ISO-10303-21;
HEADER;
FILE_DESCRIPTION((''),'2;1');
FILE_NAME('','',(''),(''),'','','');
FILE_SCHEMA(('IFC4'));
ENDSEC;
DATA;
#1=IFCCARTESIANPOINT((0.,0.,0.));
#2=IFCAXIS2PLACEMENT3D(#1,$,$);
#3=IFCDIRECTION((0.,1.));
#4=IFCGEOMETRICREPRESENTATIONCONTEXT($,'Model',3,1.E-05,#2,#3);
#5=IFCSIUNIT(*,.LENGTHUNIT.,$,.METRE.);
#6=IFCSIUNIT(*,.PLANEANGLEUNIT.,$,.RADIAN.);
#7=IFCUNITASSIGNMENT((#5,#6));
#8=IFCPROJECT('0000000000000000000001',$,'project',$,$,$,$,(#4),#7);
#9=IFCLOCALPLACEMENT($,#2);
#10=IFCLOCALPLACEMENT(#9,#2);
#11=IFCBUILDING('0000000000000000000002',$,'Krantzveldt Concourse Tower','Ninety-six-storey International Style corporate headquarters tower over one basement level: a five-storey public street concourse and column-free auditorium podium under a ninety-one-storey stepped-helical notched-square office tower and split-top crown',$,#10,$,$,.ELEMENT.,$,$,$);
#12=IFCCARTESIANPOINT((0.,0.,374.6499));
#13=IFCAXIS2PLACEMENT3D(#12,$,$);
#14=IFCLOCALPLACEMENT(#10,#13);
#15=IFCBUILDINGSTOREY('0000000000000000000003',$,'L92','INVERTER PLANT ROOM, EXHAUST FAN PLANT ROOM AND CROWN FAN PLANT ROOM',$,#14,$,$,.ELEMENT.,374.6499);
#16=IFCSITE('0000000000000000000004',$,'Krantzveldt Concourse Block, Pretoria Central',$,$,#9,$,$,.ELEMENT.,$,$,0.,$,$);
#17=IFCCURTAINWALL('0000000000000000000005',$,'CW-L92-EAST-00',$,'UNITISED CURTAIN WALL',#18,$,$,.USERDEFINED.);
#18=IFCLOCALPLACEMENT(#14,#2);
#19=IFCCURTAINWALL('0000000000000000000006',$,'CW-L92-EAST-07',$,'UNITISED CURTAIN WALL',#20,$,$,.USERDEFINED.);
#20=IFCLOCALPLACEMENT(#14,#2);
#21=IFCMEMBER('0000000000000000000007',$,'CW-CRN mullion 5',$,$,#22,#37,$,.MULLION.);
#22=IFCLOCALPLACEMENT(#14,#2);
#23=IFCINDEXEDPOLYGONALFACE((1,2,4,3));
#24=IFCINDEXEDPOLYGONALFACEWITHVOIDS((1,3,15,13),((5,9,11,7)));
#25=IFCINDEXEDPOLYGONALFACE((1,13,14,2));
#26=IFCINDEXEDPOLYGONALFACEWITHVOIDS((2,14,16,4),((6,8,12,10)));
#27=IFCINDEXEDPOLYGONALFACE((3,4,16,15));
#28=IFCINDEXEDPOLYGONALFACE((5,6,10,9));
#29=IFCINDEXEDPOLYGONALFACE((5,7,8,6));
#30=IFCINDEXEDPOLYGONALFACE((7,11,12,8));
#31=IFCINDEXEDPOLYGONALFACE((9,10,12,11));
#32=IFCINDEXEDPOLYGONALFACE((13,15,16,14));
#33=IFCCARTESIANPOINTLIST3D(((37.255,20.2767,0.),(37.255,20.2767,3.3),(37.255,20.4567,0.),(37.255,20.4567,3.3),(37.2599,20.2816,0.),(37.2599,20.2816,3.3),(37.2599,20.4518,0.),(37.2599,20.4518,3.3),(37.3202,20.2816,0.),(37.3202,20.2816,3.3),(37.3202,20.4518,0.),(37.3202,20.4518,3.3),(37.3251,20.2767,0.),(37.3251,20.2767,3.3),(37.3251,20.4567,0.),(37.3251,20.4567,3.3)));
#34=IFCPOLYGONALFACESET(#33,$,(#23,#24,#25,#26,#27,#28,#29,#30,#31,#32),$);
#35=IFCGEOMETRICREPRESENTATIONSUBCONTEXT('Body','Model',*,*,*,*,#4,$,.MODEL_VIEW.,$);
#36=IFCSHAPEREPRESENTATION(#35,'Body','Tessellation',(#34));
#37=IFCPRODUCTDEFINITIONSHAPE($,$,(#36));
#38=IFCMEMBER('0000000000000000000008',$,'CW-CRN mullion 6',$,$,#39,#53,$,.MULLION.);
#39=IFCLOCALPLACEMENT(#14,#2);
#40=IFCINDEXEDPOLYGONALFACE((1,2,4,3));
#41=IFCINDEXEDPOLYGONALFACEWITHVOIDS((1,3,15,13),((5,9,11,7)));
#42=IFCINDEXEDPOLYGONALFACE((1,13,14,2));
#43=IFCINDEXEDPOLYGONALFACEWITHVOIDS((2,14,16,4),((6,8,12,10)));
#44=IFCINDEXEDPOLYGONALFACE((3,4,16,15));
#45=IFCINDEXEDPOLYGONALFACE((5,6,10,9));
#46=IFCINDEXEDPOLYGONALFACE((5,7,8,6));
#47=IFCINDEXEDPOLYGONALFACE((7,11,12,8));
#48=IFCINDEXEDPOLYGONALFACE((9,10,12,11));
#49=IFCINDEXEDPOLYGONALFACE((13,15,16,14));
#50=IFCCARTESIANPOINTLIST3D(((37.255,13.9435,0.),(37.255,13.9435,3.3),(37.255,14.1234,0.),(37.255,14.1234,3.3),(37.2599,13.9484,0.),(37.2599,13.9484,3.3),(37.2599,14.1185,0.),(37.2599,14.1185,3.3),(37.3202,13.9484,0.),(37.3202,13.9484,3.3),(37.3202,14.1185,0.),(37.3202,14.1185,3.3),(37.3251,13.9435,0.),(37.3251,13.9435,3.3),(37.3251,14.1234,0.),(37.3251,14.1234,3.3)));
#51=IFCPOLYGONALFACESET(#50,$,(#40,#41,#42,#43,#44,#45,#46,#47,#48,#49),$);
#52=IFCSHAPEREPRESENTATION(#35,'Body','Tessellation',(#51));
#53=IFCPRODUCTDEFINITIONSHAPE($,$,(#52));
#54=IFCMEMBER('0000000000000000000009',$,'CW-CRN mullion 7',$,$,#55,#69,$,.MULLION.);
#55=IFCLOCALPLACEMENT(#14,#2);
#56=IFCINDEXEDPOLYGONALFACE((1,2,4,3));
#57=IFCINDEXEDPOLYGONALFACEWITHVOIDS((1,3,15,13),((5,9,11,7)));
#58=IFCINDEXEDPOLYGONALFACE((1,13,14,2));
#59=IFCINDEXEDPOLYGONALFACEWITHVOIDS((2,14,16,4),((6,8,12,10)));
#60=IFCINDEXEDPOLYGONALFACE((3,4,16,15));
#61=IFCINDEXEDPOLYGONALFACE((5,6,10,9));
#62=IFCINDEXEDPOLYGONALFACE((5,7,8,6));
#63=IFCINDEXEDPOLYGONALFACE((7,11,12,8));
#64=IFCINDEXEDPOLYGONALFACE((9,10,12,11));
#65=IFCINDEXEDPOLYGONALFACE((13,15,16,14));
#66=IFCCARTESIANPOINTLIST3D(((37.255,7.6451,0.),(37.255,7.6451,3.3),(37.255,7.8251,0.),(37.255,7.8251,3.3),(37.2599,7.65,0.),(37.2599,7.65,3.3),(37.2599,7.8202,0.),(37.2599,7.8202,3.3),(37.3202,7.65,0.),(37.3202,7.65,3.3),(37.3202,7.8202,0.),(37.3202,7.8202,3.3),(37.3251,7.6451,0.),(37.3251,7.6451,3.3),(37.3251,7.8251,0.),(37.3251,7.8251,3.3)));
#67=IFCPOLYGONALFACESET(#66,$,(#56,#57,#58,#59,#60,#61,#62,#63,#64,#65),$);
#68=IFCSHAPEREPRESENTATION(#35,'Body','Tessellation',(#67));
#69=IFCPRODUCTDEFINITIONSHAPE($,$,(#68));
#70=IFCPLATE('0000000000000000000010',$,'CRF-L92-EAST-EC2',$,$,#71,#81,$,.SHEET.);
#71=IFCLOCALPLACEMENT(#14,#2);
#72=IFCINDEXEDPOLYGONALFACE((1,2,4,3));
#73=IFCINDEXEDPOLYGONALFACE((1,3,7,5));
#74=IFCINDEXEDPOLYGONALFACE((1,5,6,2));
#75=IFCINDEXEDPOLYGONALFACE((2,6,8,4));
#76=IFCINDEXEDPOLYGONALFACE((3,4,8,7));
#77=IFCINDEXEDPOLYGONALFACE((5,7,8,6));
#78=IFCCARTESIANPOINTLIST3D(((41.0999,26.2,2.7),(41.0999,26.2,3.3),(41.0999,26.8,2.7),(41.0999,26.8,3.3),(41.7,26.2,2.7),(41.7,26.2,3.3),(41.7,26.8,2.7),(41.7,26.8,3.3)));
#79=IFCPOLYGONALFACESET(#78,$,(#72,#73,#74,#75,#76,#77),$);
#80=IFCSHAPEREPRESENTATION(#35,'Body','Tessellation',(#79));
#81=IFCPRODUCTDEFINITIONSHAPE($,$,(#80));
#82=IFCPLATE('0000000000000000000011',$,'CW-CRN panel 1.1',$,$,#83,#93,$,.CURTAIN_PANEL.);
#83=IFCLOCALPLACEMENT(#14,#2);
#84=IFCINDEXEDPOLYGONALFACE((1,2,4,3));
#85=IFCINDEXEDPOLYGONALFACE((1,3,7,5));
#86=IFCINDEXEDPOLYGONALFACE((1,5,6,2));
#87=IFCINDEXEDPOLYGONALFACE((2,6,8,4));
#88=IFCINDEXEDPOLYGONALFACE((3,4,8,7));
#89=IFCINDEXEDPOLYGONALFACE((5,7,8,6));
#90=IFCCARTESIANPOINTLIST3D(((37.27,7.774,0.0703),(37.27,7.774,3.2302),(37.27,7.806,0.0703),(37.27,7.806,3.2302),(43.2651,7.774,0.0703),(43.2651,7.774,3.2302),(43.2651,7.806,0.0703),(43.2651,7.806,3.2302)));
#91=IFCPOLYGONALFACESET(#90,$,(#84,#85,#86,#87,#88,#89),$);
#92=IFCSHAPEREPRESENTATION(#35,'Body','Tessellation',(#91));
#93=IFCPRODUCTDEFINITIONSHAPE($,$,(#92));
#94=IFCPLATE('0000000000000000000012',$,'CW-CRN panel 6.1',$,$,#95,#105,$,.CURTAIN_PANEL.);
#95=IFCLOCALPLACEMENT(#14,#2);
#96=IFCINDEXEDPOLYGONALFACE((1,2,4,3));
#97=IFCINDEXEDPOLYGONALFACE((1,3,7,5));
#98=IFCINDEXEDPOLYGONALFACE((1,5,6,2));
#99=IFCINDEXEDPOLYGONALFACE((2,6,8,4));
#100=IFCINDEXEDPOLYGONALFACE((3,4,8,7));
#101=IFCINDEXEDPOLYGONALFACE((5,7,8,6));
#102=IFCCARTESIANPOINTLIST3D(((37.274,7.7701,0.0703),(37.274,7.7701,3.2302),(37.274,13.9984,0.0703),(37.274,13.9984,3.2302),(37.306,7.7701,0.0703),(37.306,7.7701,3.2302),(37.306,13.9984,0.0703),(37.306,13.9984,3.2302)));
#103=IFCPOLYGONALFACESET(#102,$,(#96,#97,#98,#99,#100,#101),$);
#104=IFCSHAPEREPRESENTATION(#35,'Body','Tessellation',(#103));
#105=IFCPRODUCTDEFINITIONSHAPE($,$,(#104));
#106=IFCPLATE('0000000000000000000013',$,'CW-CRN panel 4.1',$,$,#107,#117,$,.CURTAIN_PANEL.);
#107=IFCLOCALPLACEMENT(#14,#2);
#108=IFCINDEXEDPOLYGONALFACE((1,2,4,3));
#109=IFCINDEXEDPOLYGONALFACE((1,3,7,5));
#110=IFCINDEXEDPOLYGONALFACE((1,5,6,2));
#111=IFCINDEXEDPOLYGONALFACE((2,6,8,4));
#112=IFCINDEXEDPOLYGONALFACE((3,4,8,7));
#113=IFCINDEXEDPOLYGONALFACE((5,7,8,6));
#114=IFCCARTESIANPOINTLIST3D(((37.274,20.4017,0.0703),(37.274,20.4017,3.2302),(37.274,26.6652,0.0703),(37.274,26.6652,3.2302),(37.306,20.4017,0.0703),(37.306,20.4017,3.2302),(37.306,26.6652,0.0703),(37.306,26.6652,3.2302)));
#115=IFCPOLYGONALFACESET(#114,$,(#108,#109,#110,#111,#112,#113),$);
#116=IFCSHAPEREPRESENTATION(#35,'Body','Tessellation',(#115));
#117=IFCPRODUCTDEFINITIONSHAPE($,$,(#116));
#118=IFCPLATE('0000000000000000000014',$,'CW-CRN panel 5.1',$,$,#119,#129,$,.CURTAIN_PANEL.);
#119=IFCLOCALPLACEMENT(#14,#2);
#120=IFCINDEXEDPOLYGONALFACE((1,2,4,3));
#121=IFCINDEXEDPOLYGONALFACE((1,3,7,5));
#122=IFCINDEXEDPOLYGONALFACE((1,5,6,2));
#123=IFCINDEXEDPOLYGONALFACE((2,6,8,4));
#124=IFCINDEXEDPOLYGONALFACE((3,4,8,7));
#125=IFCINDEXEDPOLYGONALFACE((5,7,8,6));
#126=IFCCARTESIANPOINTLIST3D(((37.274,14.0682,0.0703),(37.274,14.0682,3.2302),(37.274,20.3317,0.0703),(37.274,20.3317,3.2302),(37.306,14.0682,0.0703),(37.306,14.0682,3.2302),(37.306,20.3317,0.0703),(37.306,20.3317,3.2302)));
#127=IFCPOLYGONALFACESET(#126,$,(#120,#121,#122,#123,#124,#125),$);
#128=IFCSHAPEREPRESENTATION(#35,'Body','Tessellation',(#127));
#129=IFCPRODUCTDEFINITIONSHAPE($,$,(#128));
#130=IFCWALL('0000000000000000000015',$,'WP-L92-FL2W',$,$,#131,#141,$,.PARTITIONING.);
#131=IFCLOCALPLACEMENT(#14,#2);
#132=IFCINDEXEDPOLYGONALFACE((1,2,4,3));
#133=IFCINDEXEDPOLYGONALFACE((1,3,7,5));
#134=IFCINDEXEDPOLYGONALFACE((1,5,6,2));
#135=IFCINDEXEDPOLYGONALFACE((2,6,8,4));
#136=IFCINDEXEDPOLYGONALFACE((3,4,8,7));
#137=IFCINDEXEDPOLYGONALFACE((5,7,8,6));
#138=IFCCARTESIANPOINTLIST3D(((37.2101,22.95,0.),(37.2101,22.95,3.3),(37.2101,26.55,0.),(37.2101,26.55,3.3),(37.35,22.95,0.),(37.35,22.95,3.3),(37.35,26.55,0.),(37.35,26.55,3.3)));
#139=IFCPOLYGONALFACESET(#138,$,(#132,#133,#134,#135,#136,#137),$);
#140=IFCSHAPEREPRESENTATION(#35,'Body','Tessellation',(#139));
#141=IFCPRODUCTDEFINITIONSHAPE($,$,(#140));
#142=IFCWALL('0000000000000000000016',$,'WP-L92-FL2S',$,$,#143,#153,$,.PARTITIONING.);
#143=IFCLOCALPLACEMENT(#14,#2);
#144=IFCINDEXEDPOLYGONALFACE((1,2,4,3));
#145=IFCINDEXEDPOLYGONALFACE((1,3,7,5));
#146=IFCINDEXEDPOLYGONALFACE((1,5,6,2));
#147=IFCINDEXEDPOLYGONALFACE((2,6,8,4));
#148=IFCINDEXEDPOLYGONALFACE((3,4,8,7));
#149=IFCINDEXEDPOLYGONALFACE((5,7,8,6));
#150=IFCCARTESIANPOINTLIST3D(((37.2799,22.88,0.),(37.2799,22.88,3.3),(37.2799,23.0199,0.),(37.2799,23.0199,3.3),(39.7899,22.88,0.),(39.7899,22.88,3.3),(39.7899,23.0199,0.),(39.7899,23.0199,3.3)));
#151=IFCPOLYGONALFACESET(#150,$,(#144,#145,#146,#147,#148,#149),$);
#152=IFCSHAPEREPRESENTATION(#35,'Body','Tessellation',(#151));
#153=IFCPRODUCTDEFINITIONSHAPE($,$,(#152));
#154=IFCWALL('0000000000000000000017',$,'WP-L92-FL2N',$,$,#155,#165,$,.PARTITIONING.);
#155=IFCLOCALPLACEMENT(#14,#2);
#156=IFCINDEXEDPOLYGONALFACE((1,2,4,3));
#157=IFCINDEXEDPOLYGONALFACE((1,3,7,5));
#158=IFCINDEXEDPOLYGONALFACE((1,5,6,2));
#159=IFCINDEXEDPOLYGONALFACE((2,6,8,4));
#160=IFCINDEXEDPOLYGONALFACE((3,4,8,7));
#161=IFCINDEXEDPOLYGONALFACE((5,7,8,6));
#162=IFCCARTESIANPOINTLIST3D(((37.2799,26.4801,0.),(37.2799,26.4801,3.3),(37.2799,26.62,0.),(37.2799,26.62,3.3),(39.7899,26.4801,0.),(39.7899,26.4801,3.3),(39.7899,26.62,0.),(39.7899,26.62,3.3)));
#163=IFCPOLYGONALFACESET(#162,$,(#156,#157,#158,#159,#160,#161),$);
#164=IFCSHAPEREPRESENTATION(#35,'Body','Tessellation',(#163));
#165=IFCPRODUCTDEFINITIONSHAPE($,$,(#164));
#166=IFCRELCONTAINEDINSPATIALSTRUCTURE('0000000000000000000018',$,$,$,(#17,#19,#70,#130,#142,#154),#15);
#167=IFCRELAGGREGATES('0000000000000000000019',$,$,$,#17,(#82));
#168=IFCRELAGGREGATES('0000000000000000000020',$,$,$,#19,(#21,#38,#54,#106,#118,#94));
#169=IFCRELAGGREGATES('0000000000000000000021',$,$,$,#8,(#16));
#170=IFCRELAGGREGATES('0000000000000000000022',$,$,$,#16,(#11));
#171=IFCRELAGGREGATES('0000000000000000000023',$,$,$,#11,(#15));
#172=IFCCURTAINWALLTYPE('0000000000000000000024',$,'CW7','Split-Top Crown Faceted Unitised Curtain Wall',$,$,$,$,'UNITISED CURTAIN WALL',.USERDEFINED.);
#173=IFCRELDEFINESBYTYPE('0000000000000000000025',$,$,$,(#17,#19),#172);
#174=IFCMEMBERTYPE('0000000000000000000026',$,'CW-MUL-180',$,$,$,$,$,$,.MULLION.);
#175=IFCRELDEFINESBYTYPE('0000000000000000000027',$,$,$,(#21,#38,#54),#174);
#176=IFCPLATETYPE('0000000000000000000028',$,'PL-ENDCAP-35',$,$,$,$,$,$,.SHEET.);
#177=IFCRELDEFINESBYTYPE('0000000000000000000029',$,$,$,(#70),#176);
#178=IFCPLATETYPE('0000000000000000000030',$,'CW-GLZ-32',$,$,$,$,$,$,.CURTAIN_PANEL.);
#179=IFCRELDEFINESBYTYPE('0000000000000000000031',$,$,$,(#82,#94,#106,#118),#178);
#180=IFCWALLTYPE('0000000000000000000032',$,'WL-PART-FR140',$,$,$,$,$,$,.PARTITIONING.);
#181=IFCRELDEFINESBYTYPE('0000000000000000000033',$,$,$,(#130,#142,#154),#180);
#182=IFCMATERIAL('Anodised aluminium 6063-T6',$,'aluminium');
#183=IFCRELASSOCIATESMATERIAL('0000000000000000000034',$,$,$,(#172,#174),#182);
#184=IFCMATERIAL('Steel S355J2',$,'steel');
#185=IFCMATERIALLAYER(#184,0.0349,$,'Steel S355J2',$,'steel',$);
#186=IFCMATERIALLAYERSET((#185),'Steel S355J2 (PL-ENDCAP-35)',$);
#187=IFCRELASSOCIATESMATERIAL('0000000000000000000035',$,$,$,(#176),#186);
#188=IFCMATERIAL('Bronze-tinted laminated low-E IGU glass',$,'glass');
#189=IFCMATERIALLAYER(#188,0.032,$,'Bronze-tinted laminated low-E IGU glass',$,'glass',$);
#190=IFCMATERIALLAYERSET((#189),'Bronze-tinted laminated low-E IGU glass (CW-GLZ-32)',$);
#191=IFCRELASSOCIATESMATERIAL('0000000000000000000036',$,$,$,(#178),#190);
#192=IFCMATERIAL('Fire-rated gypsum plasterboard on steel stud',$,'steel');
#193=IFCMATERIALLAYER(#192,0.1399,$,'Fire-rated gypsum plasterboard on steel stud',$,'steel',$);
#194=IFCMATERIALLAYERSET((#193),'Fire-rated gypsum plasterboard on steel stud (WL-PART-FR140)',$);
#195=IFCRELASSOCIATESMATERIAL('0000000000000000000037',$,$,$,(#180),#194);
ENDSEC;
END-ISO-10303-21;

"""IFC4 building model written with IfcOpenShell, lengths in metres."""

from ifc_helpers import new_model, si_unit, direction, frame, frame_2d, origin, origin_2d, place, context, subcontext, project, spatial, rectangle, hollow_rectangle, extrude, source, transform, mapped, material, layer, layer_set, material_profile, profile_set, type_object, type_shapes, element, aggregate, save


model = new_model("IFC4")

# Units and contexts
model_context = context("Model", 3, precision=1e-05, world=origin(), true_north=direction((0.0, 1.0)))
body_context = subcontext(model_context, "Body", "Model", "MODEL_VIEW")
ifc_project = project(units=[si_unit("LENGTHUNIT", "METRE"), si_unit("PLANEANGLEUNIT", "RADIAN")], contexts=[model_context])

# Site, building, storey
site_placement = place(None, origin())
site = spatial("IfcSite", under=ifc_project, at=site_placement, Name="Krantzveldt Concourse Block, Pretoria Central", CompositionType="ELEMENT", RefElevation=0.0)
building_placement = place(site_placement, origin())
building = spatial("IfcBuilding", under=site, at=building_placement, Name="Krantzveldt Concourse Tower", Description="Ninety-six-storey International Style corporate headquarters tower over one basement level: a five-storey public street concourse and column-free auditorium podium under a ninety-one-storey stepped-helical notched-square office tower and split-top crown", CompositionType="ELEMENT")
storey_placement = place(building_placement, frame((0.0, 0.0, 374.6499)))
storey = spatial("IfcBuildingStorey", under=building, at=storey_placement, Name="L92", Description="INVERTER PLANT ROOM, EXHAUST FAN PLANT ROOM AND CROWN FAN PLANT ROOM", CompositionType="ELEMENT", Elevation=374.6499)

# Curtain walls
ifc_material_1 = material(Name="Anodised aluminium 6063-T6", Category="aluminium")
curtain_wall_type = type_object("IfcCurtainWallType", Name="CW7", Description="Split-Top Crown Faceted Unitised Curtain Wall", ElementType="UNITISED CURTAIN WALL", PredefinedType="USERDEFINED", material=ifc_material_1)
curtain_wall_1_placement = place(storey_placement, origin())
curtain_wall_1 = element("IfcCurtainWall", 1, at=curtain_wall_1_placement, inside=storey, type_object=curtain_wall_type, Name="CW-L92-EAST-00", ObjectType="UNITISED CURTAIN WALL", PredefinedType="USERDEFINED")
curtain_wall_2_placement = place(storey_placement, origin())
curtain_wall_2 = element("IfcCurtainWall", 2, at=curtain_wall_2_placement, inside=storey, type_object=curtain_wall_type, Name="CW-L92-EAST-07", ObjectType="UNITISED CURTAIN WALL", PredefinedType="USERDEFINED")

# Shared definitions
ifc_material_profile_1 = material_profile(ifc_material_1, hollow_rectangle(XDim=0.0701, YDim=0.1799, WallThickness=0.0049, at=origin_2d()), Name="Anodised aluminium 6063-T6", Category="aluminium")
ifc_profile_set_1 = profile_set([ifc_material_profile_1], Name="Anodised aluminium 6063-T6 - ALU-MULL 180x70x5")
member_type_1 = type_object("IfcMemberType", Name="CW-MUL-180", PredefinedType="MULLION", material=ifc_profile_set_1)
shared_shape_1 = source(origin(), body_context, "Body", "SweptSolid", [
    extrude(hollow_rectangle(XDim=0.0701, YDim=0.1799, WallThickness=0.0049, at=origin_2d()), origin(), (0.0, 0.0, 1.0), 3.3),
])
type_shapes(member_type_1, [shared_shape_1])

# Members
member_1_placement = place(storey_placement, frame((37.29, 20.3667, 0.0), z_axis=(0.0, 0.0, 1.0), x_axis=(1.0, 0.0, 0.0)))
member_1 = element("IfcMember", 3, at=member_1_placement, type_object=member_type_1, Name="CW-CRN mullion 5", PredefinedType="MULLION", context=body_context, shape_type="MappedRepresentation", body=[
    mapped(shared_shape_1, transform((0.0, 0.0, 0.0), x_axis=(1.0, 0.0, 0.0), y_axis=(0.0, 1.0, 0.0), z_axis=(0.0, 0.0, 1.0), scale=1.0)),
])
member_2_placement = place(storey_placement, frame((37.29, 14.0334, 0.0), z_axis=(0.0, 0.0, 1.0), x_axis=(1.0, 0.0, 0.0)))
member_2 = element("IfcMember", 4, at=member_2_placement, type_object=member_type_1, Name="CW-CRN mullion 6", PredefinedType="MULLION", context=body_context, shape_type="MappedRepresentation", body=[
    mapped(shared_shape_1, transform((0.0, 0.0, 0.0), x_axis=(1.0, 0.0, 0.0), y_axis=(0.0, 1.0, 0.0), z_axis=(0.0, 0.0, 1.0), scale=1.0)),
])
member_3_placement = place(storey_placement, frame((37.29, 7.7351, 0.0), z_axis=(0.0, 0.0, 1.0), x_axis=(1.0, 0.0, 0.0)))
member_3 = element("IfcMember", 5, at=member_3_placement, type_object=member_type_1, Name="CW-CRN mullion 7", PredefinedType="MULLION", context=body_context, shape_type="MappedRepresentation", body=[
    mapped(shared_shape_1, transform((0.0, 0.0, 0.0), x_axis=(1.0, 0.0, 0.0), y_axis=(0.0, 1.0, 0.0), z_axis=(0.0, 0.0, 1.0), scale=1.0)),
])

# Plates
ifc_material_2 = material(Name="Steel S355J2", Category="steel")
ifc_layer_1 = layer(ifc_material_2, 0.0349, Name="Steel S355J2", Category="steel")
ifc_layer_set_1 = layer_set([ifc_layer_1], Name="Steel S355J2 (PL-ENDCAP-35)")
plate_type_1 = type_object("IfcPlateType", Name="PL-ENDCAP-35", PredefinedType="SHEET", material=ifc_layer_set_1)
shared_shape_2 = source(origin(), body_context, "Body", "SweptSolid", [
    extrude(rectangle(XDim=0.6001, YDim=0.6001, at=origin_2d()), origin(), (0.0, 0.0, 1.0), 0.6001),
])
type_shapes(plate_type_1, [shared_shape_2])
plate_1_placement = place(storey_placement, frame((41.3999, 26.5, 2.7), z_axis=(0.0, 0.0, 1.0), x_axis=(1.0, 0.0, 0.0)))
element("IfcPlate", 6, at=plate_1_placement, inside=storey, type_object=plate_type_1, Name="CRF-L92-EAST-EC2", PredefinedType="SHEET", context=body_context, shape_type="MappedRepresentation", body=[
    mapped(shared_shape_2, transform((0.0, 0.0, 0.0), x_axis=(1.0, 0.0, 0.0), y_axis=(0.0, 1.0, 0.0), z_axis=(0.0, 0.0, 1.0), scale=1.0)),
])
ifc_material_3 = material(Name="Bronze-tinted laminated low-E IGU glass", Category="glass")
ifc_layer_2 = layer(ifc_material_3, 0.032, Name="Bronze-tinted laminated low-E IGU glass", Category="glass")
ifc_layer_set_2 = layer_set([ifc_layer_2], Name="Bronze-tinted laminated low-E IGU glass (CW-GLZ-32)")
plate_type_2 = type_object("IfcPlateType", Name="CW-GLZ-32", PredefinedType="CURTAIN_PANEL", material=ifc_layer_set_2)
shared_shape_3 = source(origin(), body_context, "Body", "SweptSolid", [
    extrude(rectangle(XDim=5.9951, YDim=0.032, at=origin_2d()), origin(), (0.0, 0.0, 1.0), 3.1599),
])
plate_2_placement = place(storey_placement, frame((40.2676, 7.79, 0.0703), z_axis=(0.0, 0.0, 1.0), x_axis=(1.0, 0.0, 0.0)))
plate_2 = element("IfcPlate", 7, at=plate_2_placement, type_object=plate_type_2, Name="CW-CRN panel 1.1", PredefinedType="CURTAIN_PANEL", context=body_context, shape_type="MappedRepresentation", body=[
    mapped(shared_shape_3, transform((0.0, 0.0, 0.0), x_axis=(1.0, 0.0, 0.0), y_axis=(0.0, 1.0, 0.0), z_axis=(0.0, 0.0, 1.0), scale=1.0)),
])
aggregate(curtain_wall_1, [plate_2])
shared_shape_4 = source(origin(), body_context, "Body", "SweptSolid", [
    extrude(rectangle(XDim=6.2283, YDim=0.032, at=origin_2d()), origin(), (0.0, 0.0, 1.0), 3.1599),
])
plate_3_placement = place(storey_placement, frame((37.29, 10.8843, 0.0703), z_axis=(0.0, 0.0, 1.0), x_axis=(0.0, -1.0, 0.0)))
plate_3 = element("IfcPlate", 8, at=plate_3_placement, type_object=plate_type_2, Name="CW-CRN panel 6.1", PredefinedType="CURTAIN_PANEL", context=body_context, shape_type="MappedRepresentation", body=[
    mapped(shared_shape_4, transform((0.0, 0.0, 0.0), x_axis=(1.0, 0.0, 0.0), y_axis=(0.0, 1.0, 0.0), z_axis=(0.0, 0.0, 1.0), scale=1.0)),
])
shared_shape_5 = source(origin(), body_context, "Body", "SweptSolid", [
    extrude(rectangle(XDim=6.2634, YDim=0.032, at=origin_2d()), origin(), (0.0, 0.0, 1.0), 3.1599),
])
type_shapes(plate_type_2, [shared_shape_3, shared_shape_4, shared_shape_5])
plate_4_placement = place(storey_placement, frame((37.29, 23.5334, 0.0703), z_axis=(0.0, 0.0, 1.0), x_axis=(0.0, -1.0, 0.0)))
plate_4 = element("IfcPlate", 9, at=plate_4_placement, type_object=plate_type_2, Name="CW-CRN panel 4.1", PredefinedType="CURTAIN_PANEL", context=body_context, shape_type="MappedRepresentation", body=[
    mapped(shared_shape_5, transform((0.0, 0.0, 0.0), x_axis=(1.0, 0.0, 0.0), y_axis=(0.0, 1.0, 0.0), z_axis=(0.0, 0.0, 1.0), scale=1.0)),
])
plate_5_placement = place(storey_placement, frame((37.29, 17.2, 0.0703), z_axis=(0.0, 0.0, 1.0), x_axis=(0.0, -1.0, 0.0)))
plate_5 = element("IfcPlate", 10, at=plate_5_placement, type_object=plate_type_2, Name="CW-CRN panel 5.1", PredefinedType="CURTAIN_PANEL", context=body_context, shape_type="MappedRepresentation", body=[
    mapped(shared_shape_5, transform((0.0, 0.0, 0.0), x_axis=(1.0, 0.0, 0.0), y_axis=(0.0, 1.0, 0.0), z_axis=(0.0, 0.0, 1.0), scale=1.0)),
])
aggregate(curtain_wall_2, [member_1, member_2, member_3, plate_4, plate_5, plate_3])

# Walls
ifc_material_4 = material(Name="Fire-rated gypsum plasterboard on steel stud", Category="steel")
ifc_layer_3 = layer(ifc_material_4, 0.1399, Name="Fire-rated gypsum plasterboard on steel stud", Category="steel")
ifc_layer_set_3 = layer_set([ifc_layer_3], Name="Fire-rated gypsum plasterboard on steel stud (WL-PART-FR140)")
wall_type_1 = type_object("IfcWallType", Name="WL-PART-FR140", PredefinedType="PARTITIONING", material=ifc_layer_set_3)
wall_1_placement = place(storey_placement, frame((37.28, 22.95, 0.0), z_axis=(0.0, 0.0, 1.0), x_axis=(0.0, 1.0, 0.0)))
element("IfcWall", 11, at=wall_1_placement, inside=storey, type_object=wall_type_1, Name="WP-L92-FL2W", PredefinedType="PARTITIONING", context=body_context, shape_type="SweptSolid", body=[
    extrude(rectangle(XDim=3.6001, YDim=0.1399, at=frame_2d((1.8, 0.0))), origin(), (0.0, 0.0, 1.0), 3.3),
])
for number, where, z_axis, x_axis, name in (
    (12, (37.28, 22.95, 0.0), (0.0, 0.0, 1.0), (1.0, 0.0, 0.0), "WP-L92-FL2S"),
    (13, (37.28, 26.55, 0.0), (0.0, 0.0, 1.0), (1.0, 0.0, 0.0), "WP-L92-FL2N"),
):
    element("IfcWall", number, at=place(storey_placement, frame(where, z_axis=z_axis, x_axis=x_axis)), inside=storey, type_object=wall_type_1, Name=name, PredefinedType="PARTITIONING", context=body_context, shape_type="SweptSolid", body=[
        extrude(rectangle(XDim=2.51, YDim=0.1399, at=frame_2d((1.2549, 0.0))), origin(), (0.0, 0.0, 1.0), 3.3),
    ])

save(model, "model.ifc")
